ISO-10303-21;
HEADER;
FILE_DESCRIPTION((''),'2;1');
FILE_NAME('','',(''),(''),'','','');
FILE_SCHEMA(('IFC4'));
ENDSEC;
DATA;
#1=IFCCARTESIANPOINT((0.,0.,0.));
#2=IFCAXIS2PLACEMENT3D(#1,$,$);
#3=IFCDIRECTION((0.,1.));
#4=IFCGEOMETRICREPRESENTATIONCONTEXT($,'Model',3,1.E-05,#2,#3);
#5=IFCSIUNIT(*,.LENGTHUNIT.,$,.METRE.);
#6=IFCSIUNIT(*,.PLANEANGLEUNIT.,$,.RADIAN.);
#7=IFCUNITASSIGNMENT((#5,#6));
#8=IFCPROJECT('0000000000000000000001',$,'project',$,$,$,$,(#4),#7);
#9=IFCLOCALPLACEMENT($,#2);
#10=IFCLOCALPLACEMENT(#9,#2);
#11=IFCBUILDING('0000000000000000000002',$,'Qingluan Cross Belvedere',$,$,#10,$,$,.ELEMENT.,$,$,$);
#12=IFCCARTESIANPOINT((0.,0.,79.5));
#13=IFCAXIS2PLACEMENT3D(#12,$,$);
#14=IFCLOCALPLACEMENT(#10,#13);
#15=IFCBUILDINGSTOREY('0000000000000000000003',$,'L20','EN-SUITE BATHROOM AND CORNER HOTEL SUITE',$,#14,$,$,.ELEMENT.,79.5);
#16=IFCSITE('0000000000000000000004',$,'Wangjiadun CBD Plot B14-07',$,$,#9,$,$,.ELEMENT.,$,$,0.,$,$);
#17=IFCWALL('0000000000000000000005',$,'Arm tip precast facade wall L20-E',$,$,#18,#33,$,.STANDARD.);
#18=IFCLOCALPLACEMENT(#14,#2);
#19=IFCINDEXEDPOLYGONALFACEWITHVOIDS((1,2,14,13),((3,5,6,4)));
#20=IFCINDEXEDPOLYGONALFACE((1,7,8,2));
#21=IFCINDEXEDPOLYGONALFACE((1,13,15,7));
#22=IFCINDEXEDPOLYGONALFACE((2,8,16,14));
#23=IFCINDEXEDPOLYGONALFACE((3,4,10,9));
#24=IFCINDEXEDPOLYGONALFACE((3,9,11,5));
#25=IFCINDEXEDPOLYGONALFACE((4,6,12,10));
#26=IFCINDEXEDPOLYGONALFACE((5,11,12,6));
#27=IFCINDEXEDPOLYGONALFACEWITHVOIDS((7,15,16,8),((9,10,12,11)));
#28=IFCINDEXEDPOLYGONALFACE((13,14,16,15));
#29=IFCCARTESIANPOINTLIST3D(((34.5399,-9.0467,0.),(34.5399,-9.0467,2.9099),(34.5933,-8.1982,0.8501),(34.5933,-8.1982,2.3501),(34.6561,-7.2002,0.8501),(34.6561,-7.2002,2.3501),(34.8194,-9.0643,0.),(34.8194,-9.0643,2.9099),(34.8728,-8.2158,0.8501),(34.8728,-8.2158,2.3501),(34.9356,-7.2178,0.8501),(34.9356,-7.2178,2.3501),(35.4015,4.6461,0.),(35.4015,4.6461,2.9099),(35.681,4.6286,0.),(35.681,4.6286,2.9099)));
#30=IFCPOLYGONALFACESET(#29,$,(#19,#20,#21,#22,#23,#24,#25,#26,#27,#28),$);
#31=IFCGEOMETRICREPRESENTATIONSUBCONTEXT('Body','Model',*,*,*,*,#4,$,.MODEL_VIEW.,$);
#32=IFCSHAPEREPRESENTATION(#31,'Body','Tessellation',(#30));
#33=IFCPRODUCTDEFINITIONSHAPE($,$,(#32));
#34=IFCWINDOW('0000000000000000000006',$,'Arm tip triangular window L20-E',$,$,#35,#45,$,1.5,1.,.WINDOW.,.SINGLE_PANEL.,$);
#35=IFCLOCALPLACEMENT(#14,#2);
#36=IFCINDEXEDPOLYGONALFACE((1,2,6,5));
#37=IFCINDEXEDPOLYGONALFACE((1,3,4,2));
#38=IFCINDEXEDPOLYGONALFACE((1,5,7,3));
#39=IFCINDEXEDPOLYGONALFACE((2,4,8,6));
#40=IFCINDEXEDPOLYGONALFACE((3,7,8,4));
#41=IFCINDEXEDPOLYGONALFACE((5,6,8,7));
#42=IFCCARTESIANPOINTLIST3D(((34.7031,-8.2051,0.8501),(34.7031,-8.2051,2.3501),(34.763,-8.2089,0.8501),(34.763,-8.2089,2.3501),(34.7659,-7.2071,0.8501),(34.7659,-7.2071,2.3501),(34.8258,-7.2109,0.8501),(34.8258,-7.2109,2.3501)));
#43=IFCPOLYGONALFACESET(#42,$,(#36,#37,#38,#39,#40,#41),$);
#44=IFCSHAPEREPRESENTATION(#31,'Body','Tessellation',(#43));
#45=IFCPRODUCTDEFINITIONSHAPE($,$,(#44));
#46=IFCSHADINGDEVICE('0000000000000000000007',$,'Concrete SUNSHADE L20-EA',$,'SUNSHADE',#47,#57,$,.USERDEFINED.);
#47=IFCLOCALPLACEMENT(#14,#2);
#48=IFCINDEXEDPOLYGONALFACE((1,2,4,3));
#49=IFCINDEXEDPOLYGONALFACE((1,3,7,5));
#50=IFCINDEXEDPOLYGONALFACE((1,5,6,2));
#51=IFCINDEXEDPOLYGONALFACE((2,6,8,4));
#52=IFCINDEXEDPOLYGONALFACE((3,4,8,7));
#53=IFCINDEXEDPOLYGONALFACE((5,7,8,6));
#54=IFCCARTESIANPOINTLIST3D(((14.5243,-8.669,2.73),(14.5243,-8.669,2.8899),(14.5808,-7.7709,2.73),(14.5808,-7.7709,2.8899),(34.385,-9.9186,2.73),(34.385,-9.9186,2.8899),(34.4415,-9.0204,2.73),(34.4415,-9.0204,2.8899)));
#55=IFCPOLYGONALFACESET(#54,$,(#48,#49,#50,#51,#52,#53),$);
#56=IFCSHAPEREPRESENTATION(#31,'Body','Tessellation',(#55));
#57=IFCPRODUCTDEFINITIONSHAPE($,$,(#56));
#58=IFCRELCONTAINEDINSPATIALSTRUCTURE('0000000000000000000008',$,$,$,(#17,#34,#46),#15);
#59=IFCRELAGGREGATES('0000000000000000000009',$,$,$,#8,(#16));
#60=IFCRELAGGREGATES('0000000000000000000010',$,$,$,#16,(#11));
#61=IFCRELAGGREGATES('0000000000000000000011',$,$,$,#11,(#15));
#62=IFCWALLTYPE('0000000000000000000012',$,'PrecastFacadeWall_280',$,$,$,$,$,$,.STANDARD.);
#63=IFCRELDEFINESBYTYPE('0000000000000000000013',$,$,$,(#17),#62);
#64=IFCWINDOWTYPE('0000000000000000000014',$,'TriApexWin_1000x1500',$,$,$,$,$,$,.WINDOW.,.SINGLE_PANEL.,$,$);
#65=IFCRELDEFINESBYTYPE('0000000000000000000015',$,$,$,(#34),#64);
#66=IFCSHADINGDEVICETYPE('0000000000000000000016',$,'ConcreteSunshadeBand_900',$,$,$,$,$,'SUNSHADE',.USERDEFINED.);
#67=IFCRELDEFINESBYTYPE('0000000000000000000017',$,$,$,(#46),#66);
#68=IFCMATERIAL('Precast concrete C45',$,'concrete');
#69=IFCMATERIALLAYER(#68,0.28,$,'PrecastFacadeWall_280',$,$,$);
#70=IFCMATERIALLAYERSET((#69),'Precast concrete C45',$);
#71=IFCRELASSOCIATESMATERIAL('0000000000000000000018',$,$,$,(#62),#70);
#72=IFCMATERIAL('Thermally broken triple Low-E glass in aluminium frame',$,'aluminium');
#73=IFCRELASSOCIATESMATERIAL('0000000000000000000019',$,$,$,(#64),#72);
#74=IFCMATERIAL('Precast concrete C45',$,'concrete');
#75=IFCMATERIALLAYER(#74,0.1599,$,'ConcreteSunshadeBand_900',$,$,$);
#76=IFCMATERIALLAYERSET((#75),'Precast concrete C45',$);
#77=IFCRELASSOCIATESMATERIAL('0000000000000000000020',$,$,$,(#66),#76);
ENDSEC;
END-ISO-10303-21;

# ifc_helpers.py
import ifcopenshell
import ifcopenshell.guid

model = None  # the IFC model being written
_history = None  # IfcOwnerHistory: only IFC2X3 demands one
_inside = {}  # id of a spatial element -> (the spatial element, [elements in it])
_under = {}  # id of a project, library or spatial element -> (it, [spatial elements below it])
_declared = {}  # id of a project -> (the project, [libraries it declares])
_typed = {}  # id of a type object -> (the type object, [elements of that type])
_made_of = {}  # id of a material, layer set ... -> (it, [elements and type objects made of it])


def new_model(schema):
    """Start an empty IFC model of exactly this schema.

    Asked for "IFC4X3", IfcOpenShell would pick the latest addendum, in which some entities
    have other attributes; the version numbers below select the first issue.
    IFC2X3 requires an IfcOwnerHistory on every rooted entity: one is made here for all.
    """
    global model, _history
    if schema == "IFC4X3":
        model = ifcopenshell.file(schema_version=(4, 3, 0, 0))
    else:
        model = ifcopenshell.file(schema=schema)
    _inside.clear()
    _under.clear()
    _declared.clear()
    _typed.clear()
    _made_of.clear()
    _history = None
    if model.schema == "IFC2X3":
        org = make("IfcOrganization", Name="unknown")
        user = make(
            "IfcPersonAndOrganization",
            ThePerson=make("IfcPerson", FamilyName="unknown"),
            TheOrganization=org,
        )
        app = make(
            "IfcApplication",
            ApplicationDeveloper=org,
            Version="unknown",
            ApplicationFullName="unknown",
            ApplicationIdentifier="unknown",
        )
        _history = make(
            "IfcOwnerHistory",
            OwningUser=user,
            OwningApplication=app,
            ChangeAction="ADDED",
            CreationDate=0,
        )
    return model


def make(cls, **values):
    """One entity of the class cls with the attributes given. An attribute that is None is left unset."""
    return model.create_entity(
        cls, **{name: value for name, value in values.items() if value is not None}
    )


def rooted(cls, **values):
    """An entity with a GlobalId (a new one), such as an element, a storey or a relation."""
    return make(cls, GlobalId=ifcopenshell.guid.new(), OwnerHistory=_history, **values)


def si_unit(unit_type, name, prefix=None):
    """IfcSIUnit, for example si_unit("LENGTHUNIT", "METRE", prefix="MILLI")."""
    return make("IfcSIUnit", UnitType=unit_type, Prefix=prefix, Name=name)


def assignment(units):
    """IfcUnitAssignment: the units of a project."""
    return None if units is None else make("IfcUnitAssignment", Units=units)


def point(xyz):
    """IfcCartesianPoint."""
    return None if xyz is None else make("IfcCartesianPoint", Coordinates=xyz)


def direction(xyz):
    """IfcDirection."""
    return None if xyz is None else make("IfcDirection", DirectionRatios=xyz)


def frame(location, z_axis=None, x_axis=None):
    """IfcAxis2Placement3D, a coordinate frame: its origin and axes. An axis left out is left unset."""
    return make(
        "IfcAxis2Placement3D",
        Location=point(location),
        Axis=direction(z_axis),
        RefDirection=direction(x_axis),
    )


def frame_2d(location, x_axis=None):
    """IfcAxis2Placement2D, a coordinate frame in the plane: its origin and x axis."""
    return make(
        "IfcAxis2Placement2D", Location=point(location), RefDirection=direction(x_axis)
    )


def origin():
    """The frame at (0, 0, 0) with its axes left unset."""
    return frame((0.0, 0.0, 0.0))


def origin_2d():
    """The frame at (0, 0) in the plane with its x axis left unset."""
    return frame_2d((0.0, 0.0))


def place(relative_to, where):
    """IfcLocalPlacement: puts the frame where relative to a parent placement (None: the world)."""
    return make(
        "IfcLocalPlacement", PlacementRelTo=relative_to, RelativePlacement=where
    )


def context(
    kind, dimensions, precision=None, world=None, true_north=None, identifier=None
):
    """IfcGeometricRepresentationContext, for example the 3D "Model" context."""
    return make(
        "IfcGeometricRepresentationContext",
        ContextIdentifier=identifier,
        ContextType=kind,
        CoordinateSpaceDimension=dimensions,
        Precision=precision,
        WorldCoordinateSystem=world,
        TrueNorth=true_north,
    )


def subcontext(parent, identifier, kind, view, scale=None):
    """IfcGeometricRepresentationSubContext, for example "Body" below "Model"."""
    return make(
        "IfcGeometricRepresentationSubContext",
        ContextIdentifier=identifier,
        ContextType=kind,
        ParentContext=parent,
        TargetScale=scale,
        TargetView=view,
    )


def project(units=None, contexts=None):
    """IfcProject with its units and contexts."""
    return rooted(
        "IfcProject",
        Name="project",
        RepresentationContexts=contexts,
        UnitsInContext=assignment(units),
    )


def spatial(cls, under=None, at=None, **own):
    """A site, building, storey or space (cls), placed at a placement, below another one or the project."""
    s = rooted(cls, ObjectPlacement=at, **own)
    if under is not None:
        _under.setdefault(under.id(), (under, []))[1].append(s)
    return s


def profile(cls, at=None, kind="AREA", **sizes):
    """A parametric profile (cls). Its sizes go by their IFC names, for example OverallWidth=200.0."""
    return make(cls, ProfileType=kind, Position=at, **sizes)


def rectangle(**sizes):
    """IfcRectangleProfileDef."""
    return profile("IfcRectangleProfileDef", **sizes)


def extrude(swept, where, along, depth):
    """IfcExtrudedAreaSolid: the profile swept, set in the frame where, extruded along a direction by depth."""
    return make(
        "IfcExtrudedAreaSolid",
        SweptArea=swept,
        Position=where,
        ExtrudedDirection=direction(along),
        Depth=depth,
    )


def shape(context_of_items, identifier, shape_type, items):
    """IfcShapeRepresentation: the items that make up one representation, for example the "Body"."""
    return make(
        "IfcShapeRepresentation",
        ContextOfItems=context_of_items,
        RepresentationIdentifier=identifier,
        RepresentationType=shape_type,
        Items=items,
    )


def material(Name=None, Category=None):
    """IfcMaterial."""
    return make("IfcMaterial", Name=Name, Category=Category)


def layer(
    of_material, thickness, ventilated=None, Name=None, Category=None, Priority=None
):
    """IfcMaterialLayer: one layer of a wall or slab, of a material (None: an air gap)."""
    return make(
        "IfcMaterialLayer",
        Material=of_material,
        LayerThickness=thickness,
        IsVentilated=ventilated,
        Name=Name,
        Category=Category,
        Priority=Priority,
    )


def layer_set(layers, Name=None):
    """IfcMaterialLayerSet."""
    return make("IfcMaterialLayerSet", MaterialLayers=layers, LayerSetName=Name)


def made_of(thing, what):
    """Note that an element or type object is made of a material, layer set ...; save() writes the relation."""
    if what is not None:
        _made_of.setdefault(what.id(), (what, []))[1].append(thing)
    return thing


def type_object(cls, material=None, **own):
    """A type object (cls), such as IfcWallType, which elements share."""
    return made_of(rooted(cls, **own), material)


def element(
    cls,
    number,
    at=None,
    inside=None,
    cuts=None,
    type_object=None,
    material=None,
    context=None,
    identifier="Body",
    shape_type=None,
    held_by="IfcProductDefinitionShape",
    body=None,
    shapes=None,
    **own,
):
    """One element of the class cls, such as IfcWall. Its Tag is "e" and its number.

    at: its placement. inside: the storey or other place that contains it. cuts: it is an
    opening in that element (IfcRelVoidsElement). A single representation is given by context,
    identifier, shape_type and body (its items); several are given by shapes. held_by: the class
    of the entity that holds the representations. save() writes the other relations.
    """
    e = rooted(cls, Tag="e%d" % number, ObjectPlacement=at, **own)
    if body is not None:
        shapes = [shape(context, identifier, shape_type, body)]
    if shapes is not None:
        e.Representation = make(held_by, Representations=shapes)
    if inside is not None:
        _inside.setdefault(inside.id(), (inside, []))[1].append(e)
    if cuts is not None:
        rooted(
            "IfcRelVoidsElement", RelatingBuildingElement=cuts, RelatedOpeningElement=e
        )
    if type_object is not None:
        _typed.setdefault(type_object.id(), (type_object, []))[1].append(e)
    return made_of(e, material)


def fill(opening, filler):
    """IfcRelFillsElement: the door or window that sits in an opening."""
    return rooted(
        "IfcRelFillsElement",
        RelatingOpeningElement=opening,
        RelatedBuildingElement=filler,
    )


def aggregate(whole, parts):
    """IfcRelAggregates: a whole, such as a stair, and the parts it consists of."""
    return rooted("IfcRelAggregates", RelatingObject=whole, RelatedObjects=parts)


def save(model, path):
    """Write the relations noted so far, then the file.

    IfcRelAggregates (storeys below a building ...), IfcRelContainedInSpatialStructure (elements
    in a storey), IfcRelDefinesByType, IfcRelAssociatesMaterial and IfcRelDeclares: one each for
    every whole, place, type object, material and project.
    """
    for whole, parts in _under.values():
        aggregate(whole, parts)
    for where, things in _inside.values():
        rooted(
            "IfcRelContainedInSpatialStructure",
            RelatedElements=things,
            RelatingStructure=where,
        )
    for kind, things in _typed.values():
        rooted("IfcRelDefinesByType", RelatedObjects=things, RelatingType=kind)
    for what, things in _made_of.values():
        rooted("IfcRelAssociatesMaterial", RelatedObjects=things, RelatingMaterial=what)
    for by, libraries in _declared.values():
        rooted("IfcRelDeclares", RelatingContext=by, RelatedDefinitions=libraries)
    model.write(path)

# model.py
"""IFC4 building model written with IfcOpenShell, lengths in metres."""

from ifc_helpers import new_model, si_unit, direction, frame, frame_2d, origin, origin_2d, place, context, subcontext, project, spatial, rectangle, extrude, material, layer, layer_set, type_object, element, fill, save


model = new_model("IFC4")

# Units and contexts
model_context = context("Model", 3, precision=1e-05, world=origin(), true_north=direction((0.0, 1.0)))
body_context = subcontext(model_context, "Body", "Model", "MODEL_VIEW")
ifc_project = project(units=[si_unit("LENGTHUNIT", "METRE"), si_unit("PLANEANGLEUNIT", "RADIAN")], contexts=[model_context])

# Site, building, storey
site_placement = place(None, origin())
site = spatial("IfcSite", under=ifc_project, at=site_placement, Name="Wangjiadun CBD Plot B14-07", CompositionType="ELEMENT", RefElevation=0.0)
building_placement = place(site_placement, origin())
building = spatial("IfcBuilding", under=site, at=building_placement, Name="Qingluan Cross Belvedere", CompositionType="ELEMENT")
storey_placement = place(building_placement, frame((0.0, 0.0, 79.5)))
storey = spatial("IfcBuildingStorey", under=building, at=storey_placement, Name="L20", Description="EN-SUITE BATHROOM AND CORNER HOTEL SUITE", CompositionType="ELEMENT", Elevation=79.5)

# Wall, opening, window
ifc_material_1 = material(Name="Precast concrete C45", Category="concrete")
ifc_layer_1 = layer(ifc_material_1, 0.28, Name="PrecastFacadeWall_280")
ifc_layer_set_1 = layer_set([ifc_layer_1], Name="Precast concrete C45")
wall_type_1 = type_object("IfcWallType", Name="PrecastFacadeWall_280", PredefinedType="STANDARD", material=ifc_layer_set_1)
wall_1_placement = place(storey_placement, frame((34.6797, -9.0554, 0.0), z_axis=(0.0, 0.0, 1.0), x_axis=(0.062797, 0.998026, 0.0)))
wall_1 = element("IfcWall", 1, at=wall_1_placement, inside=storey, type_object=wall_type_1, Name="Arm tip precast facade wall L20-E", PredefinedType="STANDARD", context=body_context, shape_type="SweptSolid", body=[
    extrude(rectangle(XDim=13.72, YDim=0.28, at=frame_2d((6.8599, 0.0))), origin(), (0.0, 0.0, 1.0), 2.9099),
])
opening_1_placement = place(wall_1_placement, frame((0.8501, 0.0, 0.8501)))
opening_1 = element("IfcOpeningElement", 2, at=opening_1_placement, cuts=wall_1, PredefinedType="OPENING", context=body_context, shape_type="SweptSolid", body=[
    extrude(rectangle(XDim=1.0, YDim=1.5, at=frame_2d((0.5, 0.75))), frame((0.0, 0.1499, 0.0), z_axis=(0.0, -1.0, 0.0), x_axis=(1.0, 0.0, 0.0)), (0.0, 0.0, 1.0), 0.3),
])
ifc_material_2 = material(Name="Thermally broken triple Low-E glass in aluminium frame", Category="aluminium")
window_type = type_object("IfcWindowType", Name="TriApexWin_1000x1500", PartitioningType="SINGLE_PANEL", PredefinedType="WINDOW", material=ifc_material_2)
window_placement = place(opening_1_placement, origin())
window = element("IfcWindow", 3, at=window_placement, inside=storey, type_object=window_type, Name="Arm tip triangular window L20-E", OverallHeight=1.5, OverallWidth=1.0, PartitioningType="SINGLE_PANEL", PredefinedType="WINDOW", context=body_context, shape_type="SweptSolid", body=[
    extrude(rectangle(XDim=1.0, YDim=1.5, at=frame_2d((0.5, 0.75))), frame((0.0, 0.03, 0.0), z_axis=(0.0, -1.0, 0.0), x_axis=(1.0, 0.0, 0.0)), (0.0, 0.0, 1.0), 0.0601),
])
fill(opening_1, window)

# Shading device
ifc_material_3 = material(Name="Precast concrete C45", Category="concrete")
ifc_layer_2 = layer(ifc_material_3, 0.1599, Name="ConcreteSunshadeBand_900")
ifc_layer_set_2 = layer_set([ifc_layer_2], Name="Precast concrete C45")
shading_device_type = type_object("IfcShadingDeviceType", Name="ConcreteSunshadeBand_900", ElementType="SUNSHADE", PredefinedType="USERDEFINED", material=ifc_layer_set_2)
shading_device_placement = place(storey_placement, frame((24.4829, -8.8447, 2.73), z_axis=(0.0, 0.0, 1.0), x_axis=(0.998027, -0.062791, 0.0)))
element("IfcShadingDevice", 4, at=shading_device_placement, inside=storey, type_object=shading_device_type, Name="Concrete SUNSHADE L20-EA", ObjectType="SUNSHADE", PredefinedType="USERDEFINED", context=body_context, shape_type="SweptSolid", body=[
    extrude(rectangle(XDim=19.8999, YDim=0.8999, at=origin_2d()), origin(), (0.0, 0.0, 1.0), 0.1599),
])

save(model, "model.ifc")
